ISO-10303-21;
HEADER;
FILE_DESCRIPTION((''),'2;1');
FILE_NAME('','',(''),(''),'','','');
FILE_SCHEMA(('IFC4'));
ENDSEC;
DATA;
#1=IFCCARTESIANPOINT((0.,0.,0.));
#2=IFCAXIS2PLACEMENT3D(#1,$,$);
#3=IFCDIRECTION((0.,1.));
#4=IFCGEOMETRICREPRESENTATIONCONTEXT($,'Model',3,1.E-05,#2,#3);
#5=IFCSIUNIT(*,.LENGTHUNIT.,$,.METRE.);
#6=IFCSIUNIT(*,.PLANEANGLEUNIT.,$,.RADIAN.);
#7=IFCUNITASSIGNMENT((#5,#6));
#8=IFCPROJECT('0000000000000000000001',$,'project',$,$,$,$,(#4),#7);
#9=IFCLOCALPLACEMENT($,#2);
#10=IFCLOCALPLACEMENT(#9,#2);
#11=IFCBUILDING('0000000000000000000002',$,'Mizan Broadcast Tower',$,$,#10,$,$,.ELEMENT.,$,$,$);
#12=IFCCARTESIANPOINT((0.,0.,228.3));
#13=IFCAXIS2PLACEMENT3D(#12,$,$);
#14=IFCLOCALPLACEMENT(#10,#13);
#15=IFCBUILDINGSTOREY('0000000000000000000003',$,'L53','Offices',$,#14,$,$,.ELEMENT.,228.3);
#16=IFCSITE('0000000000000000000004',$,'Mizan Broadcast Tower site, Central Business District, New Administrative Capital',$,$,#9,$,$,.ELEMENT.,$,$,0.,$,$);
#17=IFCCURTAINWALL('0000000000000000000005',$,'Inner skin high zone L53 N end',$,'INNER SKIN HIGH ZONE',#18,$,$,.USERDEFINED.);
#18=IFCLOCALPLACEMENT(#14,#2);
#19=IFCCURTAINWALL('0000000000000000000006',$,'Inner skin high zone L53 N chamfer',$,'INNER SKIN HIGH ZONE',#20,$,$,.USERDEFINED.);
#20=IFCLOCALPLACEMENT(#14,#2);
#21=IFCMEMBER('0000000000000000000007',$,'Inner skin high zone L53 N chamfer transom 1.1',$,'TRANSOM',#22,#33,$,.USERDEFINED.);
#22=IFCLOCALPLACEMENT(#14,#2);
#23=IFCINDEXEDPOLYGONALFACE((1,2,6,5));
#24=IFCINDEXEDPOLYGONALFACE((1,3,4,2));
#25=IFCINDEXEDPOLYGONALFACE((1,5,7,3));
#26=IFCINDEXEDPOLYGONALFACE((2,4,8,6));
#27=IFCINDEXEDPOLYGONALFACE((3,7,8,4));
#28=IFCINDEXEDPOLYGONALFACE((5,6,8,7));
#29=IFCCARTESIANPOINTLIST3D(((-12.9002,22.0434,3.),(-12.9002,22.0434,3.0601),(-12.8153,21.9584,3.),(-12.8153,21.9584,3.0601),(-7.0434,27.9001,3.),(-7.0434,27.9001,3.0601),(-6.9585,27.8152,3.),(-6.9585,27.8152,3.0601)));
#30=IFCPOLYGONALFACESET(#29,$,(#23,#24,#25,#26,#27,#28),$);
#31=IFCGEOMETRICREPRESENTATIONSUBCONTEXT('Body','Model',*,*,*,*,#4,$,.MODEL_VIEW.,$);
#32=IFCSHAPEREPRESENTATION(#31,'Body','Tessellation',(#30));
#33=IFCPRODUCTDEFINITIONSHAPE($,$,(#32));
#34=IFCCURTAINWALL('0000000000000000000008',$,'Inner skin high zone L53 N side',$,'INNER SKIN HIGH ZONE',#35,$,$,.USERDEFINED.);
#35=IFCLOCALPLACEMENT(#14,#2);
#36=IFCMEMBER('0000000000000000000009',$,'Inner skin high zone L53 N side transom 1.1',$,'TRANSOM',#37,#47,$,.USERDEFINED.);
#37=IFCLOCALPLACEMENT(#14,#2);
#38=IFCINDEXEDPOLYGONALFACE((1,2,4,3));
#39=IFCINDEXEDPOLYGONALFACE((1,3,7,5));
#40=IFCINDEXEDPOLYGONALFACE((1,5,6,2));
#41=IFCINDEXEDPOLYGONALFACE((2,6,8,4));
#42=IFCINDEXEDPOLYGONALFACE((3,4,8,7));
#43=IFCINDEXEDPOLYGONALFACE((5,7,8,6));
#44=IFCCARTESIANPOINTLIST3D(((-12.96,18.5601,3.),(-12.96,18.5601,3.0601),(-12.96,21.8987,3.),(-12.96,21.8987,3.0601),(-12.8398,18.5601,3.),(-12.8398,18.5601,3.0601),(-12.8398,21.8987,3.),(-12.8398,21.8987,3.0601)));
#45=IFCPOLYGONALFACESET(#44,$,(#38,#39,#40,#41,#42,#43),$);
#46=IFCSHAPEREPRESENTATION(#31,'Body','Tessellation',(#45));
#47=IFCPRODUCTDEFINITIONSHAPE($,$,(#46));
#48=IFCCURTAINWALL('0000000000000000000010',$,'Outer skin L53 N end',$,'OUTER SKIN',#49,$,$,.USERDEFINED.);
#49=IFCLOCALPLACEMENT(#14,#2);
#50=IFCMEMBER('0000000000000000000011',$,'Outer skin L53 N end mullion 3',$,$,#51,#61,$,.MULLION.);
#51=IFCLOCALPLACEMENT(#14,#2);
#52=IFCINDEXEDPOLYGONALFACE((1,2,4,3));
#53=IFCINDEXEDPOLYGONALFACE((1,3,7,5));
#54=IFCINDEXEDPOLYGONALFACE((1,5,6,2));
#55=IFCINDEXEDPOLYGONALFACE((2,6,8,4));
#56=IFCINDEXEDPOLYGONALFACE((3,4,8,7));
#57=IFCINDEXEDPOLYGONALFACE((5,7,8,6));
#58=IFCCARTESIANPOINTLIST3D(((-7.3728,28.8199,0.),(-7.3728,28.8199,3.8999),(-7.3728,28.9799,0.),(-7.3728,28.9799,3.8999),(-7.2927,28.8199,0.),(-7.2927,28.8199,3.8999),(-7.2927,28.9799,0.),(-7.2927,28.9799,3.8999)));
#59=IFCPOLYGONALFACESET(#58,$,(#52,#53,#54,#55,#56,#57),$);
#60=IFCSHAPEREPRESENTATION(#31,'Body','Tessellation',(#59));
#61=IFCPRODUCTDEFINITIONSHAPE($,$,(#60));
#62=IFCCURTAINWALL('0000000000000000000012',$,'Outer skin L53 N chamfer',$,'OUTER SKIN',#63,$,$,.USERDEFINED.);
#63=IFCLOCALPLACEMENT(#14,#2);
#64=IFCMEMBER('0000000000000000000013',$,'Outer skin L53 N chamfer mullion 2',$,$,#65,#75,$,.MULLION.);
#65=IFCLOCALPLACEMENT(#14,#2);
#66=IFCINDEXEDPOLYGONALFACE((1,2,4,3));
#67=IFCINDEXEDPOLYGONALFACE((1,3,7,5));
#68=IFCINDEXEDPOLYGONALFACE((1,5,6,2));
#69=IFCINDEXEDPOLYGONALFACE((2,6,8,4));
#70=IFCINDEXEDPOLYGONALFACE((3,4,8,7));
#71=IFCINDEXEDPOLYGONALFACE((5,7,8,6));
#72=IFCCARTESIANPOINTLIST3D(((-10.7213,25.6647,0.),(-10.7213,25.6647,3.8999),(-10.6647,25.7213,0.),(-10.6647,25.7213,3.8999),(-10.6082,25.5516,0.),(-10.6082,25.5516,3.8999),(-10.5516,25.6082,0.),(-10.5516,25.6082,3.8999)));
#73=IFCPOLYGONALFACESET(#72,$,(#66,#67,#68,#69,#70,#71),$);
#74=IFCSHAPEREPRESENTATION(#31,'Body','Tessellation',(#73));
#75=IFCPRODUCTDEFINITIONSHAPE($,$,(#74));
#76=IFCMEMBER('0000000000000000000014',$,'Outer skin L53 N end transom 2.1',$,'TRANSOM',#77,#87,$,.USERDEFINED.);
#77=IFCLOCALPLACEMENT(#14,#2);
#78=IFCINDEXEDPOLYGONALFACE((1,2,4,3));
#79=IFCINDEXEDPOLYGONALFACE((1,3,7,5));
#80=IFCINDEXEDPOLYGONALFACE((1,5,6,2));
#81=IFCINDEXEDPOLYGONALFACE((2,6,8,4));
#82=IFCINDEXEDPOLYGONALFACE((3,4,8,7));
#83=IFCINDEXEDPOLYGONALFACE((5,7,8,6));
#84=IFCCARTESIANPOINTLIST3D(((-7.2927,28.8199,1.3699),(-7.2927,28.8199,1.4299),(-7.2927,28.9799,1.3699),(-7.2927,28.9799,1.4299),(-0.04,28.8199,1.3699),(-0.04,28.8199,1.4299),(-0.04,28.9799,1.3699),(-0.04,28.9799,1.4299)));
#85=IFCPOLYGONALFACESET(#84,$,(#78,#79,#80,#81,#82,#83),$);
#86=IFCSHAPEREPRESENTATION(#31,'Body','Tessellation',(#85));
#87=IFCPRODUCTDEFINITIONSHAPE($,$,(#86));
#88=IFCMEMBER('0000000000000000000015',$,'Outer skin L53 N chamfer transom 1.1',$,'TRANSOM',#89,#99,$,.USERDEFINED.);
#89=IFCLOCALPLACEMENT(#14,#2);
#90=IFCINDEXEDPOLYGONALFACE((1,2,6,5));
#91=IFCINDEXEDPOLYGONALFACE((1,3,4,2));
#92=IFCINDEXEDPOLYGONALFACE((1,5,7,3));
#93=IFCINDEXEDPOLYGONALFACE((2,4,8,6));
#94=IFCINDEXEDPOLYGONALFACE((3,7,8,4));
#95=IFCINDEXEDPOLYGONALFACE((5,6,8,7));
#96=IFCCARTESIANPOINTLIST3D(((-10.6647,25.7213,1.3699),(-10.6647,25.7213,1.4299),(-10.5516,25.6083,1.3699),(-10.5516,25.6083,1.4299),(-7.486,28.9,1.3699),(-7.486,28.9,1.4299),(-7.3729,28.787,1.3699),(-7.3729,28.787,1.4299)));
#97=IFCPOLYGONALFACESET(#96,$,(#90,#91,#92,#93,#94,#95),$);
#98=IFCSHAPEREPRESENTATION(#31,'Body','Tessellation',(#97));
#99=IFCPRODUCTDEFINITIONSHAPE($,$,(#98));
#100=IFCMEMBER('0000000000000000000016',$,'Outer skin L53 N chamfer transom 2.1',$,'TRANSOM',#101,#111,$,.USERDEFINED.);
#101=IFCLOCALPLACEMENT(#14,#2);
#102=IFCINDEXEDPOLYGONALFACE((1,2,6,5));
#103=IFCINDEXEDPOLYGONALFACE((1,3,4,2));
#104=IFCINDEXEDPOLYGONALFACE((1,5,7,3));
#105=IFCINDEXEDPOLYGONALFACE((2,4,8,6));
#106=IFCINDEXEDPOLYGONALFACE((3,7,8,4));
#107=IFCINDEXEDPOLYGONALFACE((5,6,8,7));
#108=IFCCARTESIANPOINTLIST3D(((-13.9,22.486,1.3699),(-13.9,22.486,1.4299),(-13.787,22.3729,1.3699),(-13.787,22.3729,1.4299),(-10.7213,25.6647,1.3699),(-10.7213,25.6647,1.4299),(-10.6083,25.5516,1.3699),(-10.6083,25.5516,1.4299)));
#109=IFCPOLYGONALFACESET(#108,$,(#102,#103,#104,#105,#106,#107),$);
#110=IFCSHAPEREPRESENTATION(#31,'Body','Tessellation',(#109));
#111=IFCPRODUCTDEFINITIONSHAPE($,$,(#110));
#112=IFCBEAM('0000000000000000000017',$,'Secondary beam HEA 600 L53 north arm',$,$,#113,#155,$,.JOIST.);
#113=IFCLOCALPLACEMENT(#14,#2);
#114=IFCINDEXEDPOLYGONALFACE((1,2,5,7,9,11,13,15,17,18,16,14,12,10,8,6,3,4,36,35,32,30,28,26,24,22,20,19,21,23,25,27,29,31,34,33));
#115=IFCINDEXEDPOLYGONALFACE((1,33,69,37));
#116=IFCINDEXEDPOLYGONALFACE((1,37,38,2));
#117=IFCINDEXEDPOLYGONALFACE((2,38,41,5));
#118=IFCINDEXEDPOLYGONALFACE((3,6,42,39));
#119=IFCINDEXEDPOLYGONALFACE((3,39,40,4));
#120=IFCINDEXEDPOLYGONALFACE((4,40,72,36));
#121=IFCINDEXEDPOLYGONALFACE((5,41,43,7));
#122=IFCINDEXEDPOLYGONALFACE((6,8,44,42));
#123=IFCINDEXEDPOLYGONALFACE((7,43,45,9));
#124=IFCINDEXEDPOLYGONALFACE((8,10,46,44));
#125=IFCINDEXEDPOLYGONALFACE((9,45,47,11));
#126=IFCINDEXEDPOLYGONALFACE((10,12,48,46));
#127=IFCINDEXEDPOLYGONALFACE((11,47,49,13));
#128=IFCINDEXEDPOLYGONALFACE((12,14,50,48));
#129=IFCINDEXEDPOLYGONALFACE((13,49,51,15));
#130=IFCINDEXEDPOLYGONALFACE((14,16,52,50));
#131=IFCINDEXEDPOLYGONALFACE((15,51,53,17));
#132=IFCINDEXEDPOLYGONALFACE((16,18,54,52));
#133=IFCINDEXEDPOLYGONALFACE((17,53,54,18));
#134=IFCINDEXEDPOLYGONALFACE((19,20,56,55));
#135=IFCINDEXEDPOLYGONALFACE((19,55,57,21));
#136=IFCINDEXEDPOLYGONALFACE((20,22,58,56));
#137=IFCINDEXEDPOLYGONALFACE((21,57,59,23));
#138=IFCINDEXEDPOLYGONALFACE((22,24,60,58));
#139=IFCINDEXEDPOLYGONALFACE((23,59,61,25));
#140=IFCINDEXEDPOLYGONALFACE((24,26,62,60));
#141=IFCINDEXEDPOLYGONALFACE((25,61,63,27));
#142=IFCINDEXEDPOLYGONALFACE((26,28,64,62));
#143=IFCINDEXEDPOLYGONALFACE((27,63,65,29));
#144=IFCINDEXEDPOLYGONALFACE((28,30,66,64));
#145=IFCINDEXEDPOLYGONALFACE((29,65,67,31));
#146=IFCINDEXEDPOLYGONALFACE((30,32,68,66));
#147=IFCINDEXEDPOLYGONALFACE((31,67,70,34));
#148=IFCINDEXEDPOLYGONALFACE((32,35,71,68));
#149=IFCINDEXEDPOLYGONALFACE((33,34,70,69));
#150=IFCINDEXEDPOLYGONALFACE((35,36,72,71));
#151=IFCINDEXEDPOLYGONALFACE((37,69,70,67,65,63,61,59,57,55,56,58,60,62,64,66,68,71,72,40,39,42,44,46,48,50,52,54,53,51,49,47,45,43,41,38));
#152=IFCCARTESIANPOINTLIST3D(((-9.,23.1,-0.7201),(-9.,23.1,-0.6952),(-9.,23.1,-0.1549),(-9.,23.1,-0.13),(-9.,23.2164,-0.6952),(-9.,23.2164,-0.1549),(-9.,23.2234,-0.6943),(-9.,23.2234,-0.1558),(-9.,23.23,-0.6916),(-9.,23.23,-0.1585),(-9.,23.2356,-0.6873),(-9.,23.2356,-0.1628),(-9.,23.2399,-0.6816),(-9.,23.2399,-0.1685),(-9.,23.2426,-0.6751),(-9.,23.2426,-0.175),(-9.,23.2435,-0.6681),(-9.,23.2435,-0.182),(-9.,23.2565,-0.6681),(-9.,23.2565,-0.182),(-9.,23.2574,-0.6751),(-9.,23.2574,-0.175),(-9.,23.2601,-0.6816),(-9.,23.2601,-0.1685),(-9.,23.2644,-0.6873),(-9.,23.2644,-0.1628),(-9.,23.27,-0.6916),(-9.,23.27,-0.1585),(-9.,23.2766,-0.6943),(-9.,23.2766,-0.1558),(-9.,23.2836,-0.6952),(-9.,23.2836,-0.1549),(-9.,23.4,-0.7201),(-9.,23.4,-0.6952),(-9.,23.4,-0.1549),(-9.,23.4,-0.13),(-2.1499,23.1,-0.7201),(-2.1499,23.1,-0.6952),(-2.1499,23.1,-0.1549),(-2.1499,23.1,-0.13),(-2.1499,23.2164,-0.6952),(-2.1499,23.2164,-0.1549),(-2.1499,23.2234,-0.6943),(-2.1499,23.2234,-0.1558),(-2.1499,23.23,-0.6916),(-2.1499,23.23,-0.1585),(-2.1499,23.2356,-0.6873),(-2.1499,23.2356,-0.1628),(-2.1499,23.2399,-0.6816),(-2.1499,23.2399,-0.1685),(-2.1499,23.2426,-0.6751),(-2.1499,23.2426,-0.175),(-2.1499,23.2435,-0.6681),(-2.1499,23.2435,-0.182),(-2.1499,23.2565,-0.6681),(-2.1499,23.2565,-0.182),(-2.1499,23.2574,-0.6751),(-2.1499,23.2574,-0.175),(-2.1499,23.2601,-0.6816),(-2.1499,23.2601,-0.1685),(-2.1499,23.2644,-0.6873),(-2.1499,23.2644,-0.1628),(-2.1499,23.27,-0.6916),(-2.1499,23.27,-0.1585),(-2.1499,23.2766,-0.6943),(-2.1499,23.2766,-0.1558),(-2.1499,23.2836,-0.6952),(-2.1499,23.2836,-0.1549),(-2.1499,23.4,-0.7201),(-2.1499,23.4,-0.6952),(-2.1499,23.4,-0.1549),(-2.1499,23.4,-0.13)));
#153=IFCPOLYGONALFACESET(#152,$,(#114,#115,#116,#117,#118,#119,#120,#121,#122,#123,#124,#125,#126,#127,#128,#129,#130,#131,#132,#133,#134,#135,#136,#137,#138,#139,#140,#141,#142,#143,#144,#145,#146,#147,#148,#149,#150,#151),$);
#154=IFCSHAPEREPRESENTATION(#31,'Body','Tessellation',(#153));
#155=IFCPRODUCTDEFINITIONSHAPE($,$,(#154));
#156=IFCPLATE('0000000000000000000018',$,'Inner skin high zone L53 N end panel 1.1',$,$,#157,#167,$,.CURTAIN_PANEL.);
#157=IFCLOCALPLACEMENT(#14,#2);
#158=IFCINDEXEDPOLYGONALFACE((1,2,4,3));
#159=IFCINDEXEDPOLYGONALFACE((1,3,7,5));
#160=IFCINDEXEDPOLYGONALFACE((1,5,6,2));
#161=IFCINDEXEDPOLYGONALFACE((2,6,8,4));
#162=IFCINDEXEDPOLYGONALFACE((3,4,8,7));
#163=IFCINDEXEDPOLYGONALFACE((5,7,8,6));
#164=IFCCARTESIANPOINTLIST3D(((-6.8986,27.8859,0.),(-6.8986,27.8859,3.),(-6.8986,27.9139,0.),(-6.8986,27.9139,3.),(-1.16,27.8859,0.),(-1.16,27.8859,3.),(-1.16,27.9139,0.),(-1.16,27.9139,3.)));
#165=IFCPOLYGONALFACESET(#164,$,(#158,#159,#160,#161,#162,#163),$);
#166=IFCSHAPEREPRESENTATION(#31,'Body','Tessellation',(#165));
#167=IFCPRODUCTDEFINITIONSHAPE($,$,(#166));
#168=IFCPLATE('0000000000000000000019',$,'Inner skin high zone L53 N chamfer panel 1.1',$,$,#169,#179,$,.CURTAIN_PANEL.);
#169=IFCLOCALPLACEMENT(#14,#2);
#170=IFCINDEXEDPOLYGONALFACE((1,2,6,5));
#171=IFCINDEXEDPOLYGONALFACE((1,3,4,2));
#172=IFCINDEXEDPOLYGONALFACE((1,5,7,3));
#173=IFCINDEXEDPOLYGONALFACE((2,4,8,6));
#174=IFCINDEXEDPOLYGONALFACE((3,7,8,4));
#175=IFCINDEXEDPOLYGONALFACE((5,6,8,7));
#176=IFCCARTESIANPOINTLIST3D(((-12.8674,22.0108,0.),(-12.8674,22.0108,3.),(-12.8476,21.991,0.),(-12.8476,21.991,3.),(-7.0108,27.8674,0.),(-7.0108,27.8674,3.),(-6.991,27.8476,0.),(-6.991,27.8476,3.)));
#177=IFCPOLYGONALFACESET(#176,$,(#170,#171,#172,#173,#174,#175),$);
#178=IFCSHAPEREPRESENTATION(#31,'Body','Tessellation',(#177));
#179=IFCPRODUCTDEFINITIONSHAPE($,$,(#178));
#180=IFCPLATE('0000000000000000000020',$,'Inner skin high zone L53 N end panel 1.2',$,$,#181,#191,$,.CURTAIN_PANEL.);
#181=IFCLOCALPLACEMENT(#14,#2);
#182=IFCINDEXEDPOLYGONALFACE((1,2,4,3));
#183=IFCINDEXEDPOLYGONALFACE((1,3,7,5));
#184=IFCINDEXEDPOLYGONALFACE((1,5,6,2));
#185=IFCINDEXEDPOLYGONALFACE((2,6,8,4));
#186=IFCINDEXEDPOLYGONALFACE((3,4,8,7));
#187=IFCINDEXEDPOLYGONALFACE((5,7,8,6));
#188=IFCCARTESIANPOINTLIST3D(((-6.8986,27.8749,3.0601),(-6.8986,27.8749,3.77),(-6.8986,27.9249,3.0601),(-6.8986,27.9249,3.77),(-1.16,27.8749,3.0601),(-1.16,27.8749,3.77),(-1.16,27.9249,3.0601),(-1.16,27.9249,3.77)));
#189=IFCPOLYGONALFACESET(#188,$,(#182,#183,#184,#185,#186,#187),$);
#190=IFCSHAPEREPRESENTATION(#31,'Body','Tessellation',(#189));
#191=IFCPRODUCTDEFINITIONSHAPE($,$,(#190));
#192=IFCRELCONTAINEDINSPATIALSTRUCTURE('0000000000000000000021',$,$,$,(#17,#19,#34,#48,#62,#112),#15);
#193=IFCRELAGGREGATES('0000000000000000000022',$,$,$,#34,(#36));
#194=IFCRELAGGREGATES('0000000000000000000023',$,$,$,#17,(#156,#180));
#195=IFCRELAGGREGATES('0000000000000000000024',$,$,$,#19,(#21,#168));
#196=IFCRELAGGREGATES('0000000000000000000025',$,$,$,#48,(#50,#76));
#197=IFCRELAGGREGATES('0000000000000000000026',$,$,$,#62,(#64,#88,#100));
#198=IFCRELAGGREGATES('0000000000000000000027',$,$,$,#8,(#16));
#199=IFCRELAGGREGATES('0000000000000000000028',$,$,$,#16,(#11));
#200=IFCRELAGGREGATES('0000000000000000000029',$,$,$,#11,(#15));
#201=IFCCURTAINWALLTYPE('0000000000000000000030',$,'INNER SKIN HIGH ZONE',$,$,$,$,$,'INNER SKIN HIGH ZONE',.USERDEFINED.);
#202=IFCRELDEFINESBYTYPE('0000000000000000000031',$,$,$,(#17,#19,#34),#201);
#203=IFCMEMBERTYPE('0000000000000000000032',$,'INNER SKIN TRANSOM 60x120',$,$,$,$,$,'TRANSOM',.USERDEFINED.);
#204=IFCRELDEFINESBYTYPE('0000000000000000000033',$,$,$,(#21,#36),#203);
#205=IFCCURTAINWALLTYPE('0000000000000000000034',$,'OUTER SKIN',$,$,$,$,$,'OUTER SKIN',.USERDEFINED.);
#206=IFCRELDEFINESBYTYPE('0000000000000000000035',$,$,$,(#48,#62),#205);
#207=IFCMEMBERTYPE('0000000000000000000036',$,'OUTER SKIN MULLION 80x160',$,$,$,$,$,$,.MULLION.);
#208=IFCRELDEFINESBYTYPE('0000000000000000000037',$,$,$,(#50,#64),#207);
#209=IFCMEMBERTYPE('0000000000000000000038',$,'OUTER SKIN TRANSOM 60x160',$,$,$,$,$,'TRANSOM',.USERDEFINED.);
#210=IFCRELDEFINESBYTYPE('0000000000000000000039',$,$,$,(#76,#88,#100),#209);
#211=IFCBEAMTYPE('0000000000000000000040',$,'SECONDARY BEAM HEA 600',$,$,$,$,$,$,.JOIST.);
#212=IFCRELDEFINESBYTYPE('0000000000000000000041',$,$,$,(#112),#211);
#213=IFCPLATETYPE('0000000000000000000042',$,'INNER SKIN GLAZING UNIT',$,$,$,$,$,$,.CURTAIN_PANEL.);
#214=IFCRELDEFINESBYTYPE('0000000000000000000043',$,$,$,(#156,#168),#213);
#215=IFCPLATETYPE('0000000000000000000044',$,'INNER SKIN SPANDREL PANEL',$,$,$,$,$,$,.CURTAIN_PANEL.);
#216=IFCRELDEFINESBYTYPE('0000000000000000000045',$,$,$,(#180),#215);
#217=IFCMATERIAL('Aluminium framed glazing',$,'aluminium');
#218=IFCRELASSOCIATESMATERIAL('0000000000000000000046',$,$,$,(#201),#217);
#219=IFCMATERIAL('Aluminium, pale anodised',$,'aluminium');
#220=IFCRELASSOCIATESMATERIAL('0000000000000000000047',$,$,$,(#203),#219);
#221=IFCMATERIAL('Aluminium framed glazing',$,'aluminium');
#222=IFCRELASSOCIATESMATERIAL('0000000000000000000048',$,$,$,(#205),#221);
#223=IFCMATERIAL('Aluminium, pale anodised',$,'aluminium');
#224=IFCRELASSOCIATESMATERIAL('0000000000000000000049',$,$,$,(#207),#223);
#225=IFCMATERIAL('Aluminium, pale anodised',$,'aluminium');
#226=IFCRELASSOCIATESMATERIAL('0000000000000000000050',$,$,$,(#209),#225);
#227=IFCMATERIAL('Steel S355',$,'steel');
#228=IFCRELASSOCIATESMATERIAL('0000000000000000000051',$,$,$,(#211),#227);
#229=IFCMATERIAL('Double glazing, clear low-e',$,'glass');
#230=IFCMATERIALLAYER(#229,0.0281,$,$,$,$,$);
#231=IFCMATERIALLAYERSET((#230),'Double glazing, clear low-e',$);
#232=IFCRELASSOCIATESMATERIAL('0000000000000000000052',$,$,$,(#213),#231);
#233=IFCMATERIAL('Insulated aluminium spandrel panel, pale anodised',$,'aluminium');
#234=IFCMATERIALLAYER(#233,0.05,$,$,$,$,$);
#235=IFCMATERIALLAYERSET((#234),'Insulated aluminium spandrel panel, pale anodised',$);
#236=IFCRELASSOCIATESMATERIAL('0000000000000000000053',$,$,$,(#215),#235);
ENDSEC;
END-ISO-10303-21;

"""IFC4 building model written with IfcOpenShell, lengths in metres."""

from ifc_helpers import new_model, si_unit, direction, frame, origin, origin_2d, place, context, subcontext, project, spatial, rectangle, i_section, extrude, material, layer, layer_set, material_profile, profile_set, type_object, element, aggregate, save


model = new_model("IFC4")

# Units and contexts
model_context = context("Model", 3, precision=1e-05, world=origin(), true_north=direction((0.0, 1.0)))
body_context = subcontext(model_context, "Body", "Model", "MODEL_VIEW")
ifc_project = project(units=[si_unit("LENGTHUNIT", "METRE"), si_unit("PLANEANGLEUNIT", "RADIAN")], contexts=[model_context])

# Site, building, storey
site_placement = place(None, origin())
site = spatial("IfcSite", under=ifc_project, at=site_placement, Name="Mizan Broadcast Tower site, Central Business District, New Administrative Capital", CompositionType="ELEMENT", RefElevation=0.0)
building_placement = place(site_placement, origin())
building = spatial("IfcBuilding", under=site, at=building_placement, Name="Mizan Broadcast Tower", CompositionType="ELEMENT")
storey_placement = place(building_placement, frame((0.0, 0.0, 228.3)))
storey = spatial("IfcBuildingStorey", under=building, at=storey_placement, Name="L53", Description="Offices", CompositionType="ELEMENT", Elevation=228.3)

# Curtain wall
ifc_material_1 = material(Name="Aluminium framed glazing", Category="aluminium")
curtain_wall_type_1 = type_object("IfcCurtainWallType", Name="INNER SKIN HIGH ZONE", ElementType="INNER SKIN HIGH ZONE", PredefinedType="USERDEFINED", material=ifc_material_1)
curtain_wall_1_placement = place(storey_placement, origin())
curtain_wall_1 = element("IfcCurtainWall", 1, at=curtain_wall_1_placement, inside=storey, type_object=curtain_wall_type_1, Name="Inner skin high zone L53 N end", ObjectType="INNER SKIN HIGH ZONE", PredefinedType="USERDEFINED")

# Curtain wall
curtain_wall_2_placement = place(storey_placement, origin())
curtain_wall_2 = element("IfcCurtainWall", 2, at=curtain_wall_2_placement, inside=storey, type_object=curtain_wall_type_1, Name="Inner skin high zone L53 N chamfer", ObjectType="INNER SKIN HIGH ZONE", PredefinedType="USERDEFINED")

# Member
ifc_material_2 = material(Name="Aluminium, pale anodised", Category="aluminium")
ifc_material_profile_1 = material_profile(ifc_material_2, rectangle(XDim=0.1201, YDim=0.0601, at=origin_2d()), Name="TRANSOM 120x60")
ifc_profile_set_1 = profile_set([ifc_material_profile_1], Name="Aluminium, pale anodised")
member_type_1 = type_object("IfcMemberType", Name="INNER SKIN TRANSOM 60x120", ElementType="TRANSOM", PredefinedType="USERDEFINED", material=ifc_profile_set_1)
member_1_placement = place(storey_placement, frame((-7.001, 27.8577, 3.03), z_axis=(-0.707107, -0.707107, 0.0), x_axis=(0.707107, -0.707107, 0.0)))
member_1 = element("IfcMember", 3, at=member_1_placement, type_object=member_type_1, Name="Inner skin high zone L53 N chamfer transom 1.1", ObjectType="TRANSOM", PredefinedType="USERDEFINED", context=body_context, shape_type="SweptSolid", body=[
    extrude(rectangle(XDim=0.1201, YDim=0.0601, at=origin_2d()), origin(), (0.0, 0.0, 1.0), 8.2827),
])

# Curtain walls, members
curtain_wall_3_placement = place(storey_placement, origin())
curtain_wall_3 = element("IfcCurtainWall", 4, at=curtain_wall_3_placement, inside=storey, type_object=curtain_wall_type_1, Name="Inner skin high zone L53 N side", ObjectType="INNER SKIN HIGH ZONE", PredefinedType="USERDEFINED")
member_2_placement = place(storey_placement, frame((-12.8999, 21.8987, 3.03), z_axis=(0.0, -1.0, 0.0), x_axis=(1.0, 0.0, 0.0)))
member_2 = element("IfcMember", 5, at=member_2_placement, type_object=member_type_1, Name="Inner skin high zone L53 N side transom 1.1", ObjectType="TRANSOM", PredefinedType="USERDEFINED", context=body_context, shape_type="SweptSolid", body=[
    extrude(rectangle(XDim=0.1201, YDim=0.0601, at=origin_2d()), origin(), (0.0, 0.0, 1.0), 3.3386),
])
aggregate(curtain_wall_3, [member_2])
ifc_material_3 = material(Name="Aluminium framed glazing", Category="aluminium")
curtain_wall_type_2 = type_object("IfcCurtainWallType", Name="OUTER SKIN", ElementType="OUTER SKIN", PredefinedType="USERDEFINED", material=ifc_material_3)
curtain_wall_4_placement = place(storey_placement, origin())
curtain_wall_4 = element("IfcCurtainWall", 6, at=curtain_wall_4_placement, inside=storey, type_object=curtain_wall_type_2, Name="Outer skin L53 N end", ObjectType="OUTER SKIN", PredefinedType="USERDEFINED")
ifc_material_4 = material(Name="Aluminium, pale anodised", Category="aluminium")
ifc_material_profile_2 = material_profile(ifc_material_4, rectangle(XDim=0.1599, YDim=0.0801, at=origin_2d()), Name="MULLION 160x80")
ifc_profile_set_2 = profile_set([ifc_material_profile_2], Name="Aluminium, pale anodised")
member_type_2 = type_object("IfcMemberType", Name="OUTER SKIN MULLION 80x160", PredefinedType="MULLION", material=ifc_profile_set_2)
member_3_placement = place(storey_placement, frame((-7.3328, 28.8999, 0.0), z_axis=(0.0, 0.0, 1.0), x_axis=(0.0, -1.0, 0.0)))
member_3 = element("IfcMember", 7, at=member_3_placement, type_object=member_type_2, Name="Outer skin L53 N end mullion 3", PredefinedType="MULLION", context=body_context, shape_type="SweptSolid", body=[
    extrude(rectangle(XDim=0.1599, YDim=0.0801, at=origin_2d()), origin(), (0.0, 0.0, 1.0), 3.8999),
])
curtain_wall_5_placement = place(storey_placement, origin())
curtain_wall_5 = element("IfcCurtainWall", 8, at=curtain_wall_5_placement, inside=storey, type_object=curtain_wall_type_2, Name="Outer skin L53 N chamfer", ObjectType="OUTER SKIN", PredefinedType="USERDEFINED")
member_4_placement = place(storey_placement, frame((-10.6365, 25.6365, 0.0), z_axis=(0.0, 0.0, 1.0), x_axis=(0.707107, -0.707107, 0.0)))
member_4 = element("IfcMember", 9, at=member_4_placement, type_object=member_type_2, Name="Outer skin L53 N chamfer mullion 2", PredefinedType="MULLION", context=body_context, shape_type="SweptSolid", body=[
    extrude(rectangle(XDim=0.1599, YDim=0.0801, at=origin_2d()), origin(), (0.0, 0.0, 1.0), 3.8999),
])

# Members
ifc_material_5 = material(Name="Aluminium, pale anodised", Category="aluminium")
ifc_material_profile_3 = material_profile(ifc_material_5, rectangle(XDim=0.1599, YDim=0.0601, at=origin_2d()), Name="TRANSOM 160x60")
ifc_profile_set_3 = profile_set([ifc_material_profile_3], Name="Aluminium, pale anodised")
member_type_3 = type_object("IfcMemberType", Name="OUTER SKIN TRANSOM 60x160", ElementType="TRANSOM", PredefinedType="USERDEFINED", material=ifc_profile_set_3)
member_5_placement = place(storey_placement, frame((-0.04, 28.8999, 1.3999), z_axis=(-1.0, 0.0, 0.0), x_axis=(0.0, -1.0, 0.0)))
member_5 = element("IfcMember", 10, at=member_5_placement, type_object=member_type_3, Name="Outer skin L53 N end transom 2.1", ObjectType="TRANSOM", PredefinedType="USERDEFINED", context=body_context, shape_type="SweptSolid", body=[
    extrude(rectangle(XDim=0.1599, YDim=0.0601, at=origin_2d()), origin(), (0.0, 0.0, 1.0), 7.2527),
])
member_6_placement = place(storey_placement, frame((-7.4294, 28.8435, 1.3999), z_axis=(-0.707107, -0.707107, 0.0), x_axis=(0.707107, -0.707107, 0.0)))
member_6 = element("IfcMember", 11, at=member_6_placement, type_object=member_type_3, Name="Outer skin L53 N chamfer transom 1.1", ObjectType="TRANSOM", PredefinedType="USERDEFINED", context=body_context, shape_type="SweptSolid", body=[
    extrude(rectangle(XDim=0.1599, YDim=0.0601, at=origin_2d()), origin(), (0.0, 0.0, 1.0), 4.4954),
])
member_7_placement = place(storey_placement, frame((-10.6648, 25.6082, 1.3999), z_axis=(-0.707107, -0.707107, 0.0), x_axis=(0.707107, -0.707107, 0.0)))
member_7 = element("IfcMember", 12, at=member_7_placement, type_object=member_type_3, Name="Outer skin L53 N chamfer transom 2.1", ObjectType="TRANSOM", PredefinedType="USERDEFINED", context=body_context, shape_type="SweptSolid", body=[
    extrude(rectangle(XDim=0.1599, YDim=0.0601, at=origin_2d()), origin(), (0.0, 0.0, 1.0), 4.4954),
])

# Beam
ifc_material_6 = material(Name="Steel S355", Category="steel")
ifc_material_profile_4 = material_profile(ifc_material_6, i_section(OverallWidth=0.3, OverallDepth=0.5901, WebThickness=0.0129, FlangeThickness=0.0249, FilletRadius=0.0271, at=origin_2d()), Name="HEA 600")
ifc_profile_set_4 = profile_set([ifc_material_profile_4], Name="Steel S355")
beam_type_1 = type_object("IfcBeamType", Name="SECONDARY BEAM HEA 600", PredefinedType="JOIST", material=ifc_profile_set_4)
beam_1_placement = place(storey_placement, frame((-9.0, 23.25, -0.425), z_axis=(1.0, 0.0, 0.0), x_axis=(0.0, 1.0, 0.0)))
element("IfcBeam", 13, at=beam_1_placement, inside=storey, type_object=beam_type_1, Name="Secondary beam HEA 600 L53 north arm", PredefinedType="JOIST", context=body_context, shape_type="SweptSolid", body=[
    extrude(i_section(OverallWidth=0.3, OverallDepth=0.5901, WebThickness=0.0129, FlangeThickness=0.0249, FilletRadius=0.0271, at=origin_2d()), origin(), (0.0, 0.0, 1.0), 6.8501),
])

# Plates
ifc_material_7 = material(Name="Double glazing, clear low-e", Category="glass")
ifc_layer_1 = layer(ifc_material_7, 0.0281)
ifc_layer_set_1 = layer_set([ifc_layer_1], Name="Double glazing, clear low-e")
plate_type_1 = type_object("IfcPlateType", Name="INNER SKIN GLAZING UNIT", PredefinedType="CURTAIN_PANEL", material=ifc_layer_set_1)
plate_1_placement = place(storey_placement, frame((-4.0293, 27.8999, 0.0), z_axis=(0.0, 0.0, 1.0), x_axis=(-1.0, 0.0, 0.0)))
plate_1 = element("IfcPlate", 14, at=plate_1_placement, type_object=plate_type_1, Name="Inner skin high zone L53 N end panel 1.1", PredefinedType="CURTAIN_PANEL", context=body_context, shape_type="SweptSolid", body=[
    extrude(rectangle(XDim=5.7385, YDim=0.0281, at=origin_2d()), origin(), (0.0, 0.0, 1.0), 3.0),
])
plate_2_placement = place(storey_placement, frame((-9.9292, 24.9292, 0.0), z_axis=(0.0, 0.0, 1.0), x_axis=(-0.707107, -0.707107, 0.0)))
plate_2 = element("IfcPlate", 15, at=plate_2_placement, type_object=plate_type_1, Name="Inner skin high zone L53 N chamfer panel 1.1", PredefinedType="CURTAIN_PANEL", context=body_context, shape_type="SweptSolid", body=[
    extrude(rectangle(XDim=8.2825, YDim=0.0281, at=origin_2d()), origin(), (0.0, 0.0, 1.0), 3.0),
])
ifc_material_8 = material(Name="Insulated aluminium spandrel panel, pale anodised", Category="aluminium")
ifc_layer_2 = layer(ifc_material_8, 0.05)
ifc_layer_set_2 = layer_set([ifc_layer_2], Name="Insulated aluminium spandrel panel, pale anodised")
plate_type_2 = type_object("IfcPlateType", Name="INNER SKIN SPANDREL PANEL", PredefinedType="CURTAIN_PANEL", material=ifc_layer_set_2)
plate_3_placement = place(storey_placement, frame((-4.0293, 27.8999, 3.0601), z_axis=(0.0, 0.0, 1.0), x_axis=(-1.0, 0.0, 0.0)))
plate_3 = element("IfcPlate", 16, at=plate_3_placement, type_object=plate_type_2, Name="Inner skin high zone L53 N end panel 1.2", PredefinedType="CURTAIN_PANEL", context=body_context, shape_type="SweptSolid", body=[
    extrude(rectangle(XDim=5.7385, YDim=0.05, at=origin_2d()), origin(), (0.0, 0.0, 1.0), 0.71),
])
aggregate(curtain_wall_1, [plate_1, plate_3])
aggregate(curtain_wall_2, [member_1, plate_2])
aggregate(curtain_wall_4, [member_3, member_5])
aggregate(curtain_wall_5, [member_4, member_6, member_7])

save(model, "model.ifc")
